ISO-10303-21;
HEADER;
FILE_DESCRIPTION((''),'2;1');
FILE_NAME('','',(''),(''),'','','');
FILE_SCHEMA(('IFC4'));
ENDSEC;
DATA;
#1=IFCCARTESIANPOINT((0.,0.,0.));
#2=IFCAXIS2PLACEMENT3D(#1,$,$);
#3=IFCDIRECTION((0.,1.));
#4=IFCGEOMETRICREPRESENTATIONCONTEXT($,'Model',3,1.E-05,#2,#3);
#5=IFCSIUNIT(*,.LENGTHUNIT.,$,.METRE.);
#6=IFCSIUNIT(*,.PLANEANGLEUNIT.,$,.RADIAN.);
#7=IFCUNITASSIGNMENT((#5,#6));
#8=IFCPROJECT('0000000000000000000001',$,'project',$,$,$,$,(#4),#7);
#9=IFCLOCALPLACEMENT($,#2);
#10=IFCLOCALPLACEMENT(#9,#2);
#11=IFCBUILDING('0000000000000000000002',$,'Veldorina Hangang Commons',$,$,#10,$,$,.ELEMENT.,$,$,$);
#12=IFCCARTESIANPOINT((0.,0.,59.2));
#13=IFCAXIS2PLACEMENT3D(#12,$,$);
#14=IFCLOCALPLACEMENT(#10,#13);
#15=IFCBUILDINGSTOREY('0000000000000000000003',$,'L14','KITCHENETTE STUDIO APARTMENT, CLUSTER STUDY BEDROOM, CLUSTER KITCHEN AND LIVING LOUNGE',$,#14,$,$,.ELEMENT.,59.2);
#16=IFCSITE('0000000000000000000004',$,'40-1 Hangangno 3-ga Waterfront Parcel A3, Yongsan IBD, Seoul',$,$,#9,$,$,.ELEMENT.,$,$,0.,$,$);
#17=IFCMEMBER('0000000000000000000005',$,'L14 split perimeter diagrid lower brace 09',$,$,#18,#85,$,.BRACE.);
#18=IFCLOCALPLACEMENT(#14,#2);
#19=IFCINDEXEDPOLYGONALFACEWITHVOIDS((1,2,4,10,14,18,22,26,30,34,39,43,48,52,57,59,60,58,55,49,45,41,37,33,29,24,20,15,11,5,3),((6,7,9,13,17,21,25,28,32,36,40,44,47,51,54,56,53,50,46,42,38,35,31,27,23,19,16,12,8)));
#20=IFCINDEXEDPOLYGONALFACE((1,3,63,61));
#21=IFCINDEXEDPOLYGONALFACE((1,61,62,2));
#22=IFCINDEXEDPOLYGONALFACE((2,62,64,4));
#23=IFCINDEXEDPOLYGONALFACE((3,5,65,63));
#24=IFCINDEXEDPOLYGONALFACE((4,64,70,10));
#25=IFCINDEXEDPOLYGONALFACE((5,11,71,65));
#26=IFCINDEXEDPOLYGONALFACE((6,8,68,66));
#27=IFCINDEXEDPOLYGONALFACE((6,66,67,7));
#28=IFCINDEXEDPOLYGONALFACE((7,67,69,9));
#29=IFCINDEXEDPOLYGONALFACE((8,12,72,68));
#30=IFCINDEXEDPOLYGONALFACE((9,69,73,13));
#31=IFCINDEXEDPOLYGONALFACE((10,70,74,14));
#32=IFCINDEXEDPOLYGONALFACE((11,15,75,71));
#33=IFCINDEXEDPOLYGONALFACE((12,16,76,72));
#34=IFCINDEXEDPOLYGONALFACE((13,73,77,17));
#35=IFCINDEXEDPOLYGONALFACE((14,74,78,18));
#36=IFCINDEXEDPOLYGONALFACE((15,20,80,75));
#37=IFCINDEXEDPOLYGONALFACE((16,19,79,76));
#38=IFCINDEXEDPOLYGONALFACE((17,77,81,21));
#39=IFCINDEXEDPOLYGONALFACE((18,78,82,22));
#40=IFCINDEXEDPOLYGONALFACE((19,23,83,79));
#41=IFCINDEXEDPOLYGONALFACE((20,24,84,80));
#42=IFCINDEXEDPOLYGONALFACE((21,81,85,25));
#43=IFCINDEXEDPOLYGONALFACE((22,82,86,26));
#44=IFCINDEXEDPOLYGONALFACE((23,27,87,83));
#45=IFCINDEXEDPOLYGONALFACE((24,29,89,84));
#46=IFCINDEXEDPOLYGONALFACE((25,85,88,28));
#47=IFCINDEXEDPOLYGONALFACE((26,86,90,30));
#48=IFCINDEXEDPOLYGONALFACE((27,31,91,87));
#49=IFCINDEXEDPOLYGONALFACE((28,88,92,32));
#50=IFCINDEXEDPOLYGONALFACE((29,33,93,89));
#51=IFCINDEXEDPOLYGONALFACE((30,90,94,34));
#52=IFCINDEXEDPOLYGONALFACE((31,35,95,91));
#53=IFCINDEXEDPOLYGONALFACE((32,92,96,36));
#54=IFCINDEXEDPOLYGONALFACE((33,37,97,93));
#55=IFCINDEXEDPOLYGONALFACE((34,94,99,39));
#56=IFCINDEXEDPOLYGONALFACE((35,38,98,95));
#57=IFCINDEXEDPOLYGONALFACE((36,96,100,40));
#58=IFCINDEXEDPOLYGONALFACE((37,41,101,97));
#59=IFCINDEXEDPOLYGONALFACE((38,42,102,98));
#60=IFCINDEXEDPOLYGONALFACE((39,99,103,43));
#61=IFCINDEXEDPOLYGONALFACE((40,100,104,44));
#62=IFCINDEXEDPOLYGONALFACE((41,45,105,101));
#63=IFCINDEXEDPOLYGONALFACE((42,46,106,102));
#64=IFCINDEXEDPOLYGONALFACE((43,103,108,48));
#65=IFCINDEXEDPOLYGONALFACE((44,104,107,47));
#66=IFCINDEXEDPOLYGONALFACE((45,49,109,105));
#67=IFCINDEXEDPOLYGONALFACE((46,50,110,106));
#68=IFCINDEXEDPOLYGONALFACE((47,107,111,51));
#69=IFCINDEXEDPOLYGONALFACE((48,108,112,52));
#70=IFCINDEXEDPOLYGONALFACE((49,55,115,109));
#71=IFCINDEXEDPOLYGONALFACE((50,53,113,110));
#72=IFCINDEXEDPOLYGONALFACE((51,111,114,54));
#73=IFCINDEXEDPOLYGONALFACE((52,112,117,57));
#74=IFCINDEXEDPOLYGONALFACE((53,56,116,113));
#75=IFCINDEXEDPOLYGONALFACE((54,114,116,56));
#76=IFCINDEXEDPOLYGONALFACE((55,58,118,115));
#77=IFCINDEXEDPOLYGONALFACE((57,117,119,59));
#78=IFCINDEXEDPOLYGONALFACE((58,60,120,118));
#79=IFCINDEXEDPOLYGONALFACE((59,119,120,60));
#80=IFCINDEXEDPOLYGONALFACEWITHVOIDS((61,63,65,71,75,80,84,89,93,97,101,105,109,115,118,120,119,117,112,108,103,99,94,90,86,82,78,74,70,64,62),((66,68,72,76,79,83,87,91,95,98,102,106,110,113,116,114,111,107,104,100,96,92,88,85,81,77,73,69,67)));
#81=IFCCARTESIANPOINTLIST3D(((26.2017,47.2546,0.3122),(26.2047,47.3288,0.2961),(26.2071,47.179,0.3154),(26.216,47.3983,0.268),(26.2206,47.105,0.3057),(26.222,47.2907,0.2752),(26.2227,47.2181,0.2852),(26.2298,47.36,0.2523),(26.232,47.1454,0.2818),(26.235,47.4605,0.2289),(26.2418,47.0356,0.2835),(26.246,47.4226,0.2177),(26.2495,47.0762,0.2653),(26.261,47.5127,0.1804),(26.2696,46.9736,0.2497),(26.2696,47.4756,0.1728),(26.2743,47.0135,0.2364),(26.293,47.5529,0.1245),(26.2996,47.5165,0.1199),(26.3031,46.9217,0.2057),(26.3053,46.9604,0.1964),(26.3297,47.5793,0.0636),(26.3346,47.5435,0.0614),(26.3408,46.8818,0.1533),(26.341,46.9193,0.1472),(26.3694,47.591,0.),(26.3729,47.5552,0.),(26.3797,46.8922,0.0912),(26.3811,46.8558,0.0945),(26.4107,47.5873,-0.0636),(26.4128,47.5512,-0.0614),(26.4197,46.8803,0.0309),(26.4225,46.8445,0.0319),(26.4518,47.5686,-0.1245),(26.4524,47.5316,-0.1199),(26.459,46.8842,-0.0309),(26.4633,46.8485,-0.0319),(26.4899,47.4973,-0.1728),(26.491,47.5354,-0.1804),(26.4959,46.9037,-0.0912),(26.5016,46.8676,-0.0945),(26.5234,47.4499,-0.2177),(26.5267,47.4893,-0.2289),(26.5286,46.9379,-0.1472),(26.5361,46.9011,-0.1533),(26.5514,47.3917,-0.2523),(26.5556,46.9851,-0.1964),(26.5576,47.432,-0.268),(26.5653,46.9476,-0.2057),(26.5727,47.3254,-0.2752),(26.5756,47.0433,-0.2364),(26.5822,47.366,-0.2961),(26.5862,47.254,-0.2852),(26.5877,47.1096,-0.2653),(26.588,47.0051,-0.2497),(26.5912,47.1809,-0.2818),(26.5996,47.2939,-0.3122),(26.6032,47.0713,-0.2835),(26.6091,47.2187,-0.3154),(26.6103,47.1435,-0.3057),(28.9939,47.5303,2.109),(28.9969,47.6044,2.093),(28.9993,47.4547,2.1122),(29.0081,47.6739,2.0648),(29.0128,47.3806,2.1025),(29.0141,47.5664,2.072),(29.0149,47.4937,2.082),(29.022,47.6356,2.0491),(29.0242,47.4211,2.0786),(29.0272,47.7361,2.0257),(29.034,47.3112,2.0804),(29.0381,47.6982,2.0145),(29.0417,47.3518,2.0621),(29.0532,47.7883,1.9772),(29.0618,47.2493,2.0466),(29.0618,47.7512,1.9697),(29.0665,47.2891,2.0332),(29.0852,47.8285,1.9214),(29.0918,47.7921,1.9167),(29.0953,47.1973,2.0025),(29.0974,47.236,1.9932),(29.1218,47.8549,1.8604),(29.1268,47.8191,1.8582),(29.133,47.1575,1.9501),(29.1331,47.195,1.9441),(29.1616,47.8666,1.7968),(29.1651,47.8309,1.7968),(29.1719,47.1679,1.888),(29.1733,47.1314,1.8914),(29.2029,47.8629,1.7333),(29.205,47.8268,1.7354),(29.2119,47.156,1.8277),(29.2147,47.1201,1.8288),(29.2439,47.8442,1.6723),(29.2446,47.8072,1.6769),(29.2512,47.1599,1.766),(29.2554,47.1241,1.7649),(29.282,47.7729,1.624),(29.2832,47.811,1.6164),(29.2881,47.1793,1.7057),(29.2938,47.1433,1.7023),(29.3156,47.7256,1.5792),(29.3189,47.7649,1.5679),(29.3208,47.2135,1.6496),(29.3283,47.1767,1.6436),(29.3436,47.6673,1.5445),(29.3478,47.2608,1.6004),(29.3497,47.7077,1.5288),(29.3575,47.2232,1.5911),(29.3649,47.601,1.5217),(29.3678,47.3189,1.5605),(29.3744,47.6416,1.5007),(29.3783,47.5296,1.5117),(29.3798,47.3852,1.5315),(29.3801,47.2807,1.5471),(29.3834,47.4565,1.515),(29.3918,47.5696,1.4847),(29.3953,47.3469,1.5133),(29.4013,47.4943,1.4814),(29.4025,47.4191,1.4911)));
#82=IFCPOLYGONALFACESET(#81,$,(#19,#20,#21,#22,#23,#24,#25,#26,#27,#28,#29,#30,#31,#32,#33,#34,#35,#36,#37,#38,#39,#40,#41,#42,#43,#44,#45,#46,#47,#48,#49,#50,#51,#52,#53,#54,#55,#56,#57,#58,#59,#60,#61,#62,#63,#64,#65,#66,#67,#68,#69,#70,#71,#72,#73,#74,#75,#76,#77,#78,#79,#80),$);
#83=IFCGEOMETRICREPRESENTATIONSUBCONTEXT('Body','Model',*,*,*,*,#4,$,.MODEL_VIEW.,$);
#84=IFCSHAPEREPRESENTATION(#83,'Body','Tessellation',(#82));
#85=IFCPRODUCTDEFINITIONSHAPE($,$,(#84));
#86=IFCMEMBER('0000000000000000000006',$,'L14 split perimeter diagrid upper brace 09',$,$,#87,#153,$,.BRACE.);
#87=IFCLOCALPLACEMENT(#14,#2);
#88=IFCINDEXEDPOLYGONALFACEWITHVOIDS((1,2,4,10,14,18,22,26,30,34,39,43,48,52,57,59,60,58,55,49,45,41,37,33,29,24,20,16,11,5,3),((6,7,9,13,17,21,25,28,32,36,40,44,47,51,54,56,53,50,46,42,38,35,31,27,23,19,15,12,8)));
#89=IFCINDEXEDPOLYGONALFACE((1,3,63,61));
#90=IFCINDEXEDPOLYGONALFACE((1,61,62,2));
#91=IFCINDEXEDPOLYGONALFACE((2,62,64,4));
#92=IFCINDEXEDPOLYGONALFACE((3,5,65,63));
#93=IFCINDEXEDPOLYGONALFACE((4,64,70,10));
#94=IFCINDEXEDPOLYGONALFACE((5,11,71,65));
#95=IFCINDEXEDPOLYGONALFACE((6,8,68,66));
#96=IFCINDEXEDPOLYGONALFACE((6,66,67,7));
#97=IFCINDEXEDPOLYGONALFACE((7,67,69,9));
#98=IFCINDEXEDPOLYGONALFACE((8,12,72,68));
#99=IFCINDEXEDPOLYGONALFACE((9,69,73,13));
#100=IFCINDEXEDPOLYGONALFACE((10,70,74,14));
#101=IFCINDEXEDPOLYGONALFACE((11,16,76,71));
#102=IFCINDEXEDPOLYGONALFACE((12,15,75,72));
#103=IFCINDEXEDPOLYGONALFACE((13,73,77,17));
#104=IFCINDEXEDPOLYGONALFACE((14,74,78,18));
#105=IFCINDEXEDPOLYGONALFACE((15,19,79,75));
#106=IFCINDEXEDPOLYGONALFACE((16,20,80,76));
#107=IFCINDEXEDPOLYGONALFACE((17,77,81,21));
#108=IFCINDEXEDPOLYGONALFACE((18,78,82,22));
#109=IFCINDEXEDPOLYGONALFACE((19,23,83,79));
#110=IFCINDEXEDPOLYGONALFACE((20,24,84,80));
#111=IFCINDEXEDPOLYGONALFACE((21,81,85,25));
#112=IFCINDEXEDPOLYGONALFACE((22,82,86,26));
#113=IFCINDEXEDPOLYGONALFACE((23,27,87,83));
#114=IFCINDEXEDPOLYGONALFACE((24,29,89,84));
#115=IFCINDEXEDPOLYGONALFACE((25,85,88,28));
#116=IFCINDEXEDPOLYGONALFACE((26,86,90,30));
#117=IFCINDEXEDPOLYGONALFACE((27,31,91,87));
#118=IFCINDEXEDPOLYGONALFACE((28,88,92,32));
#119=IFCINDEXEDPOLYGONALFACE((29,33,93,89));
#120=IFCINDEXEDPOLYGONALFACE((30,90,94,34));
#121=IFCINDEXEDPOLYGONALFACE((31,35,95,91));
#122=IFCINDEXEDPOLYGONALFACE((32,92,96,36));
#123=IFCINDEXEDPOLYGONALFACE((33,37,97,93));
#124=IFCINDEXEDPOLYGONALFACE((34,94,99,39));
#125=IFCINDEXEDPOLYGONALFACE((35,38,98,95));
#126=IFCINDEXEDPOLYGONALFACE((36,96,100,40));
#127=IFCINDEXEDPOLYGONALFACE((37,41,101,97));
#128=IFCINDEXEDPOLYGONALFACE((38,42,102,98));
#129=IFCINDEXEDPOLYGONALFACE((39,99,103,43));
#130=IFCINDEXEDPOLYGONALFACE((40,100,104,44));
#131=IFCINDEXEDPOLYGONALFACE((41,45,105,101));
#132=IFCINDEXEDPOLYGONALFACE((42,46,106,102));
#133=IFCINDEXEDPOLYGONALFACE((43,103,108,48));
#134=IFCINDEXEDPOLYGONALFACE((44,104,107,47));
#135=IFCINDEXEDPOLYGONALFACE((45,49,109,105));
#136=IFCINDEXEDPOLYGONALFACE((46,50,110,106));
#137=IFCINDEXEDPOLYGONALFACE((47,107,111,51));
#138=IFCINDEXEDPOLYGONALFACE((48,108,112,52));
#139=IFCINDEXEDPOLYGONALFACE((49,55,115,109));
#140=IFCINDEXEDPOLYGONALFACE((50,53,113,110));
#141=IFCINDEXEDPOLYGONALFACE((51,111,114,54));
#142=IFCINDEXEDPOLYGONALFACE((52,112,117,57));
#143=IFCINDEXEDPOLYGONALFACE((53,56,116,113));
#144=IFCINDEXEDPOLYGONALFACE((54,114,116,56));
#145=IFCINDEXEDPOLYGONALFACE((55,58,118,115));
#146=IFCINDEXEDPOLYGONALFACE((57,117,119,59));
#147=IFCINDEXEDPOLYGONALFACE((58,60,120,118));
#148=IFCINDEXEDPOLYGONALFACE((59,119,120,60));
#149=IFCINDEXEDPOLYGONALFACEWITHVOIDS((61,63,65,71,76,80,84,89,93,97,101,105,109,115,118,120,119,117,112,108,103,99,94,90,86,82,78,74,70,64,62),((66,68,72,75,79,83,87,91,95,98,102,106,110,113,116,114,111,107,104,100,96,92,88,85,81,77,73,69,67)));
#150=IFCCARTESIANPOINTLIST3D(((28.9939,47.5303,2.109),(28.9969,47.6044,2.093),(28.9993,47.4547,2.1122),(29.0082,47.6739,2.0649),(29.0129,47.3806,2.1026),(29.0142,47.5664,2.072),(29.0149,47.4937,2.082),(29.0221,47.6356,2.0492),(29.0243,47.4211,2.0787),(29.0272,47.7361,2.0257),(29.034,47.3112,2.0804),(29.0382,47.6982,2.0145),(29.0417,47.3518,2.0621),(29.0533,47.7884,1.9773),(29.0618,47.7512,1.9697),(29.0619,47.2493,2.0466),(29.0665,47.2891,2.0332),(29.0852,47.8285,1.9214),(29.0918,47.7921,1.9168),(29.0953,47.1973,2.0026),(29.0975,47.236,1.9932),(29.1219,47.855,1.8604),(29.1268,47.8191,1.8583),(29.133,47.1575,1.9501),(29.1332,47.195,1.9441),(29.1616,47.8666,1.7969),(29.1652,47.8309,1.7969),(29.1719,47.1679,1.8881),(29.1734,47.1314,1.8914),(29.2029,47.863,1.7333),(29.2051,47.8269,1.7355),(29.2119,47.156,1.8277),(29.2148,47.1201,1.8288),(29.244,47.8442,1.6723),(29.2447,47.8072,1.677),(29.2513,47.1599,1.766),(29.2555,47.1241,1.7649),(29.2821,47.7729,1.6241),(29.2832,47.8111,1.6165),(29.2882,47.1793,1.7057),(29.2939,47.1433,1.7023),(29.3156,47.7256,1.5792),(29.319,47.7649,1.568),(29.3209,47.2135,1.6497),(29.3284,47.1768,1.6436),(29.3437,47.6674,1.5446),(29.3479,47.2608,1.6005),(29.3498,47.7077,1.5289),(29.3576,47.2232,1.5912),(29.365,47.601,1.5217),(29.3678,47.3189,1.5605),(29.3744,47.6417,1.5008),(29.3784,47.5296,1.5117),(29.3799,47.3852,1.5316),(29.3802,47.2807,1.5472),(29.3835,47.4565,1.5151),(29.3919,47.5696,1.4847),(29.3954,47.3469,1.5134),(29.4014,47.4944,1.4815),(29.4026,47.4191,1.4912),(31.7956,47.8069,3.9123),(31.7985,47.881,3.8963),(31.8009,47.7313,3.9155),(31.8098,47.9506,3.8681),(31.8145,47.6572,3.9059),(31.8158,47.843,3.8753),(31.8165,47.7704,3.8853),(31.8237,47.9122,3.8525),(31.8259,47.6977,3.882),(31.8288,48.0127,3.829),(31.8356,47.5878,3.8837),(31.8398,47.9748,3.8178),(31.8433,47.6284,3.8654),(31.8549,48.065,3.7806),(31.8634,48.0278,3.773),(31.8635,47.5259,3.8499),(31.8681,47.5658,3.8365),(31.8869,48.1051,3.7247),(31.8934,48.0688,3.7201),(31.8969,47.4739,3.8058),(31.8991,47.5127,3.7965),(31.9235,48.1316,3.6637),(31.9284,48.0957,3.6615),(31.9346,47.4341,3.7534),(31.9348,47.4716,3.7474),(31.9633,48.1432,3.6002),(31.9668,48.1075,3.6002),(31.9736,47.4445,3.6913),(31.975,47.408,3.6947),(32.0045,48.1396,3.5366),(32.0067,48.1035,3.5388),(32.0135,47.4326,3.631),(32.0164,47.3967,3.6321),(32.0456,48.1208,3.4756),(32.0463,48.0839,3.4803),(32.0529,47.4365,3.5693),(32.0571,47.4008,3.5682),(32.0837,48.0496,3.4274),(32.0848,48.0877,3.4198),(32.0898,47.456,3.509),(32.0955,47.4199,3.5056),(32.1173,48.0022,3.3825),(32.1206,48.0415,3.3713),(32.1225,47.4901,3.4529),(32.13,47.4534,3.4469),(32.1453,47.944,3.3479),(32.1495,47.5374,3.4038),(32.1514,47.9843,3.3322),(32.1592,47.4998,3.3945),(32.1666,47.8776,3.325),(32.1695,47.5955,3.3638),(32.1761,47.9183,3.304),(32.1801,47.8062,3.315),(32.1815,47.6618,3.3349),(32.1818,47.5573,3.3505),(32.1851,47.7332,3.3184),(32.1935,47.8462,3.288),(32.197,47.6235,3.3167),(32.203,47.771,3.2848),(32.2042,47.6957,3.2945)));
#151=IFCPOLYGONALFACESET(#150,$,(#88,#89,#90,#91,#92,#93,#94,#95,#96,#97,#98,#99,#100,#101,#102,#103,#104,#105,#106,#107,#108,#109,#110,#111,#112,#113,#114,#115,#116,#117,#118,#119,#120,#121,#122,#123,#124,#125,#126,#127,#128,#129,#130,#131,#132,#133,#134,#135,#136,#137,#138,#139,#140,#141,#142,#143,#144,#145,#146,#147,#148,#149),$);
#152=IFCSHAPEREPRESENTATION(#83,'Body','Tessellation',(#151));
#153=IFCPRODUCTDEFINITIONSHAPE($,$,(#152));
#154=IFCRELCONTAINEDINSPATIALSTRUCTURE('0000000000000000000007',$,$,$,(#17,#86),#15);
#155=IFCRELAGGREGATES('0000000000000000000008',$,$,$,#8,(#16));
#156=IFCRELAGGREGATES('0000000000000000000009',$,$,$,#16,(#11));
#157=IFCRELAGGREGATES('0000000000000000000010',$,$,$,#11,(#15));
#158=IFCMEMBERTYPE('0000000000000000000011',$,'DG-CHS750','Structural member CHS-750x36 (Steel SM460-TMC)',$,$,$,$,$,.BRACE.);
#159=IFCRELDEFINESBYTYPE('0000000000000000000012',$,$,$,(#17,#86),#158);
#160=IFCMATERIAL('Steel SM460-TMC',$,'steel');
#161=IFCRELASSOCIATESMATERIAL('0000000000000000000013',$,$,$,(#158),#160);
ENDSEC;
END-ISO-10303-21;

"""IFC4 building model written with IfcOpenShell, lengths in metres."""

from ifc_helpers import new_model, si_unit, direction, frame, origin, origin_2d, place, context, subcontext, project, spatial, hollow_circle, extrude, material, material_profile, profile_set, type_object, element, save


model = new_model("IFC4")

# Units and contexts
model_context = context("Model", 3, precision=1e-05, world=origin(), true_north=direction((0.0, 1.0)))
body_context = subcontext(model_context, "Body", "Model", "MODEL_VIEW")
ifc_project = project(units=[si_unit("LENGTHUNIT", "METRE"), si_unit("PLANEANGLEUNIT", "RADIAN")], contexts=[model_context])

# Site, building, storey
site_placement = place(None, origin())
site = spatial("IfcSite", under=ifc_project, at=site_placement, Name="40-1 Hangangno 3-ga Waterfront Parcel A3, Yongsan IBD, Seoul", CompositionType="ELEMENT", RefElevation=0.0)
building_placement = place(site_placement, origin())
building = spatial("IfcBuilding", under=site, at=building_placement, Name="Veldorina Hangang Commons", CompositionType="ELEMENT")
storey_placement = place(building_placement, frame((0.0, 0.0, 59.2)))
storey = spatial("IfcBuildingStorey", under=building, at=storey_placement, Name="L14", Description="KITCHENETTE STUDIO APARTMENT, CLUSTER STUDY BEDROOM, CLUSTER KITCHEN AND LIVING LOUNGE", CompositionType="ELEMENT", Elevation=59.2)

# Shared definitions
ifc_material_1 = material(Name="Steel SM460-TMC", Category="steel")

# Members
ifc_material_profile_1 = material_profile(ifc_material_1, hollow_circle(Radius=0.375, WallThickness=0.0359, at=origin_2d()), Name="CHS-750x36")
ifc_profile_set_1 = profile_set([ifc_material_profile_1], Name="Steel SM460-TMC")
member_type = type_object("IfcMemberType", Name="DG-CHS750", Description="Structural member CHS-750x36 (Steel SM460-TMC)", PredefinedType="BRACE", material=ifc_profile_set_1)
member_1_placement = place(storey_placement, frame((26.4062, 47.2178, 0.0), z_axis=(0.83804, 0.082727, 0.5393), x_axis=(-0.098237, 0.995163, 0.0)))
element("IfcMember", 1, at=member_1_placement, inside=storey, type_object=member_type, Name="L14 split perimeter diagrid lower brace 09", PredefinedType="BRACE", context=body_context, shape_type="SweptSolid", body=[
    extrude(hollow_circle(Radius=0.375, WallThickness=0.0359, at=origin_2d()), origin(), (0.0, 0.0, 1.0), 3.3318),
])
member_2_placement = place(storey_placement, frame((29.1985, 47.4934, 1.7969), z_axis=(0.837988, 0.08274, 0.539379), x_axis=(-0.098259, 0.995161, 0.0)))
element("IfcMember", 2, at=member_2_placement, inside=storey, type_object=member_type, Name="L14 split perimeter diagrid upper brace 09", PredefinedType="BRACE", context=body_context, shape_type="SweptSolid", body=[
    extrude(hollow_circle(Radius=0.375, WallThickness=0.0359, at=origin_2d()), origin(), (0.0, 0.0, 1.0), 3.3433),
])

save(model, "model.ifc")
